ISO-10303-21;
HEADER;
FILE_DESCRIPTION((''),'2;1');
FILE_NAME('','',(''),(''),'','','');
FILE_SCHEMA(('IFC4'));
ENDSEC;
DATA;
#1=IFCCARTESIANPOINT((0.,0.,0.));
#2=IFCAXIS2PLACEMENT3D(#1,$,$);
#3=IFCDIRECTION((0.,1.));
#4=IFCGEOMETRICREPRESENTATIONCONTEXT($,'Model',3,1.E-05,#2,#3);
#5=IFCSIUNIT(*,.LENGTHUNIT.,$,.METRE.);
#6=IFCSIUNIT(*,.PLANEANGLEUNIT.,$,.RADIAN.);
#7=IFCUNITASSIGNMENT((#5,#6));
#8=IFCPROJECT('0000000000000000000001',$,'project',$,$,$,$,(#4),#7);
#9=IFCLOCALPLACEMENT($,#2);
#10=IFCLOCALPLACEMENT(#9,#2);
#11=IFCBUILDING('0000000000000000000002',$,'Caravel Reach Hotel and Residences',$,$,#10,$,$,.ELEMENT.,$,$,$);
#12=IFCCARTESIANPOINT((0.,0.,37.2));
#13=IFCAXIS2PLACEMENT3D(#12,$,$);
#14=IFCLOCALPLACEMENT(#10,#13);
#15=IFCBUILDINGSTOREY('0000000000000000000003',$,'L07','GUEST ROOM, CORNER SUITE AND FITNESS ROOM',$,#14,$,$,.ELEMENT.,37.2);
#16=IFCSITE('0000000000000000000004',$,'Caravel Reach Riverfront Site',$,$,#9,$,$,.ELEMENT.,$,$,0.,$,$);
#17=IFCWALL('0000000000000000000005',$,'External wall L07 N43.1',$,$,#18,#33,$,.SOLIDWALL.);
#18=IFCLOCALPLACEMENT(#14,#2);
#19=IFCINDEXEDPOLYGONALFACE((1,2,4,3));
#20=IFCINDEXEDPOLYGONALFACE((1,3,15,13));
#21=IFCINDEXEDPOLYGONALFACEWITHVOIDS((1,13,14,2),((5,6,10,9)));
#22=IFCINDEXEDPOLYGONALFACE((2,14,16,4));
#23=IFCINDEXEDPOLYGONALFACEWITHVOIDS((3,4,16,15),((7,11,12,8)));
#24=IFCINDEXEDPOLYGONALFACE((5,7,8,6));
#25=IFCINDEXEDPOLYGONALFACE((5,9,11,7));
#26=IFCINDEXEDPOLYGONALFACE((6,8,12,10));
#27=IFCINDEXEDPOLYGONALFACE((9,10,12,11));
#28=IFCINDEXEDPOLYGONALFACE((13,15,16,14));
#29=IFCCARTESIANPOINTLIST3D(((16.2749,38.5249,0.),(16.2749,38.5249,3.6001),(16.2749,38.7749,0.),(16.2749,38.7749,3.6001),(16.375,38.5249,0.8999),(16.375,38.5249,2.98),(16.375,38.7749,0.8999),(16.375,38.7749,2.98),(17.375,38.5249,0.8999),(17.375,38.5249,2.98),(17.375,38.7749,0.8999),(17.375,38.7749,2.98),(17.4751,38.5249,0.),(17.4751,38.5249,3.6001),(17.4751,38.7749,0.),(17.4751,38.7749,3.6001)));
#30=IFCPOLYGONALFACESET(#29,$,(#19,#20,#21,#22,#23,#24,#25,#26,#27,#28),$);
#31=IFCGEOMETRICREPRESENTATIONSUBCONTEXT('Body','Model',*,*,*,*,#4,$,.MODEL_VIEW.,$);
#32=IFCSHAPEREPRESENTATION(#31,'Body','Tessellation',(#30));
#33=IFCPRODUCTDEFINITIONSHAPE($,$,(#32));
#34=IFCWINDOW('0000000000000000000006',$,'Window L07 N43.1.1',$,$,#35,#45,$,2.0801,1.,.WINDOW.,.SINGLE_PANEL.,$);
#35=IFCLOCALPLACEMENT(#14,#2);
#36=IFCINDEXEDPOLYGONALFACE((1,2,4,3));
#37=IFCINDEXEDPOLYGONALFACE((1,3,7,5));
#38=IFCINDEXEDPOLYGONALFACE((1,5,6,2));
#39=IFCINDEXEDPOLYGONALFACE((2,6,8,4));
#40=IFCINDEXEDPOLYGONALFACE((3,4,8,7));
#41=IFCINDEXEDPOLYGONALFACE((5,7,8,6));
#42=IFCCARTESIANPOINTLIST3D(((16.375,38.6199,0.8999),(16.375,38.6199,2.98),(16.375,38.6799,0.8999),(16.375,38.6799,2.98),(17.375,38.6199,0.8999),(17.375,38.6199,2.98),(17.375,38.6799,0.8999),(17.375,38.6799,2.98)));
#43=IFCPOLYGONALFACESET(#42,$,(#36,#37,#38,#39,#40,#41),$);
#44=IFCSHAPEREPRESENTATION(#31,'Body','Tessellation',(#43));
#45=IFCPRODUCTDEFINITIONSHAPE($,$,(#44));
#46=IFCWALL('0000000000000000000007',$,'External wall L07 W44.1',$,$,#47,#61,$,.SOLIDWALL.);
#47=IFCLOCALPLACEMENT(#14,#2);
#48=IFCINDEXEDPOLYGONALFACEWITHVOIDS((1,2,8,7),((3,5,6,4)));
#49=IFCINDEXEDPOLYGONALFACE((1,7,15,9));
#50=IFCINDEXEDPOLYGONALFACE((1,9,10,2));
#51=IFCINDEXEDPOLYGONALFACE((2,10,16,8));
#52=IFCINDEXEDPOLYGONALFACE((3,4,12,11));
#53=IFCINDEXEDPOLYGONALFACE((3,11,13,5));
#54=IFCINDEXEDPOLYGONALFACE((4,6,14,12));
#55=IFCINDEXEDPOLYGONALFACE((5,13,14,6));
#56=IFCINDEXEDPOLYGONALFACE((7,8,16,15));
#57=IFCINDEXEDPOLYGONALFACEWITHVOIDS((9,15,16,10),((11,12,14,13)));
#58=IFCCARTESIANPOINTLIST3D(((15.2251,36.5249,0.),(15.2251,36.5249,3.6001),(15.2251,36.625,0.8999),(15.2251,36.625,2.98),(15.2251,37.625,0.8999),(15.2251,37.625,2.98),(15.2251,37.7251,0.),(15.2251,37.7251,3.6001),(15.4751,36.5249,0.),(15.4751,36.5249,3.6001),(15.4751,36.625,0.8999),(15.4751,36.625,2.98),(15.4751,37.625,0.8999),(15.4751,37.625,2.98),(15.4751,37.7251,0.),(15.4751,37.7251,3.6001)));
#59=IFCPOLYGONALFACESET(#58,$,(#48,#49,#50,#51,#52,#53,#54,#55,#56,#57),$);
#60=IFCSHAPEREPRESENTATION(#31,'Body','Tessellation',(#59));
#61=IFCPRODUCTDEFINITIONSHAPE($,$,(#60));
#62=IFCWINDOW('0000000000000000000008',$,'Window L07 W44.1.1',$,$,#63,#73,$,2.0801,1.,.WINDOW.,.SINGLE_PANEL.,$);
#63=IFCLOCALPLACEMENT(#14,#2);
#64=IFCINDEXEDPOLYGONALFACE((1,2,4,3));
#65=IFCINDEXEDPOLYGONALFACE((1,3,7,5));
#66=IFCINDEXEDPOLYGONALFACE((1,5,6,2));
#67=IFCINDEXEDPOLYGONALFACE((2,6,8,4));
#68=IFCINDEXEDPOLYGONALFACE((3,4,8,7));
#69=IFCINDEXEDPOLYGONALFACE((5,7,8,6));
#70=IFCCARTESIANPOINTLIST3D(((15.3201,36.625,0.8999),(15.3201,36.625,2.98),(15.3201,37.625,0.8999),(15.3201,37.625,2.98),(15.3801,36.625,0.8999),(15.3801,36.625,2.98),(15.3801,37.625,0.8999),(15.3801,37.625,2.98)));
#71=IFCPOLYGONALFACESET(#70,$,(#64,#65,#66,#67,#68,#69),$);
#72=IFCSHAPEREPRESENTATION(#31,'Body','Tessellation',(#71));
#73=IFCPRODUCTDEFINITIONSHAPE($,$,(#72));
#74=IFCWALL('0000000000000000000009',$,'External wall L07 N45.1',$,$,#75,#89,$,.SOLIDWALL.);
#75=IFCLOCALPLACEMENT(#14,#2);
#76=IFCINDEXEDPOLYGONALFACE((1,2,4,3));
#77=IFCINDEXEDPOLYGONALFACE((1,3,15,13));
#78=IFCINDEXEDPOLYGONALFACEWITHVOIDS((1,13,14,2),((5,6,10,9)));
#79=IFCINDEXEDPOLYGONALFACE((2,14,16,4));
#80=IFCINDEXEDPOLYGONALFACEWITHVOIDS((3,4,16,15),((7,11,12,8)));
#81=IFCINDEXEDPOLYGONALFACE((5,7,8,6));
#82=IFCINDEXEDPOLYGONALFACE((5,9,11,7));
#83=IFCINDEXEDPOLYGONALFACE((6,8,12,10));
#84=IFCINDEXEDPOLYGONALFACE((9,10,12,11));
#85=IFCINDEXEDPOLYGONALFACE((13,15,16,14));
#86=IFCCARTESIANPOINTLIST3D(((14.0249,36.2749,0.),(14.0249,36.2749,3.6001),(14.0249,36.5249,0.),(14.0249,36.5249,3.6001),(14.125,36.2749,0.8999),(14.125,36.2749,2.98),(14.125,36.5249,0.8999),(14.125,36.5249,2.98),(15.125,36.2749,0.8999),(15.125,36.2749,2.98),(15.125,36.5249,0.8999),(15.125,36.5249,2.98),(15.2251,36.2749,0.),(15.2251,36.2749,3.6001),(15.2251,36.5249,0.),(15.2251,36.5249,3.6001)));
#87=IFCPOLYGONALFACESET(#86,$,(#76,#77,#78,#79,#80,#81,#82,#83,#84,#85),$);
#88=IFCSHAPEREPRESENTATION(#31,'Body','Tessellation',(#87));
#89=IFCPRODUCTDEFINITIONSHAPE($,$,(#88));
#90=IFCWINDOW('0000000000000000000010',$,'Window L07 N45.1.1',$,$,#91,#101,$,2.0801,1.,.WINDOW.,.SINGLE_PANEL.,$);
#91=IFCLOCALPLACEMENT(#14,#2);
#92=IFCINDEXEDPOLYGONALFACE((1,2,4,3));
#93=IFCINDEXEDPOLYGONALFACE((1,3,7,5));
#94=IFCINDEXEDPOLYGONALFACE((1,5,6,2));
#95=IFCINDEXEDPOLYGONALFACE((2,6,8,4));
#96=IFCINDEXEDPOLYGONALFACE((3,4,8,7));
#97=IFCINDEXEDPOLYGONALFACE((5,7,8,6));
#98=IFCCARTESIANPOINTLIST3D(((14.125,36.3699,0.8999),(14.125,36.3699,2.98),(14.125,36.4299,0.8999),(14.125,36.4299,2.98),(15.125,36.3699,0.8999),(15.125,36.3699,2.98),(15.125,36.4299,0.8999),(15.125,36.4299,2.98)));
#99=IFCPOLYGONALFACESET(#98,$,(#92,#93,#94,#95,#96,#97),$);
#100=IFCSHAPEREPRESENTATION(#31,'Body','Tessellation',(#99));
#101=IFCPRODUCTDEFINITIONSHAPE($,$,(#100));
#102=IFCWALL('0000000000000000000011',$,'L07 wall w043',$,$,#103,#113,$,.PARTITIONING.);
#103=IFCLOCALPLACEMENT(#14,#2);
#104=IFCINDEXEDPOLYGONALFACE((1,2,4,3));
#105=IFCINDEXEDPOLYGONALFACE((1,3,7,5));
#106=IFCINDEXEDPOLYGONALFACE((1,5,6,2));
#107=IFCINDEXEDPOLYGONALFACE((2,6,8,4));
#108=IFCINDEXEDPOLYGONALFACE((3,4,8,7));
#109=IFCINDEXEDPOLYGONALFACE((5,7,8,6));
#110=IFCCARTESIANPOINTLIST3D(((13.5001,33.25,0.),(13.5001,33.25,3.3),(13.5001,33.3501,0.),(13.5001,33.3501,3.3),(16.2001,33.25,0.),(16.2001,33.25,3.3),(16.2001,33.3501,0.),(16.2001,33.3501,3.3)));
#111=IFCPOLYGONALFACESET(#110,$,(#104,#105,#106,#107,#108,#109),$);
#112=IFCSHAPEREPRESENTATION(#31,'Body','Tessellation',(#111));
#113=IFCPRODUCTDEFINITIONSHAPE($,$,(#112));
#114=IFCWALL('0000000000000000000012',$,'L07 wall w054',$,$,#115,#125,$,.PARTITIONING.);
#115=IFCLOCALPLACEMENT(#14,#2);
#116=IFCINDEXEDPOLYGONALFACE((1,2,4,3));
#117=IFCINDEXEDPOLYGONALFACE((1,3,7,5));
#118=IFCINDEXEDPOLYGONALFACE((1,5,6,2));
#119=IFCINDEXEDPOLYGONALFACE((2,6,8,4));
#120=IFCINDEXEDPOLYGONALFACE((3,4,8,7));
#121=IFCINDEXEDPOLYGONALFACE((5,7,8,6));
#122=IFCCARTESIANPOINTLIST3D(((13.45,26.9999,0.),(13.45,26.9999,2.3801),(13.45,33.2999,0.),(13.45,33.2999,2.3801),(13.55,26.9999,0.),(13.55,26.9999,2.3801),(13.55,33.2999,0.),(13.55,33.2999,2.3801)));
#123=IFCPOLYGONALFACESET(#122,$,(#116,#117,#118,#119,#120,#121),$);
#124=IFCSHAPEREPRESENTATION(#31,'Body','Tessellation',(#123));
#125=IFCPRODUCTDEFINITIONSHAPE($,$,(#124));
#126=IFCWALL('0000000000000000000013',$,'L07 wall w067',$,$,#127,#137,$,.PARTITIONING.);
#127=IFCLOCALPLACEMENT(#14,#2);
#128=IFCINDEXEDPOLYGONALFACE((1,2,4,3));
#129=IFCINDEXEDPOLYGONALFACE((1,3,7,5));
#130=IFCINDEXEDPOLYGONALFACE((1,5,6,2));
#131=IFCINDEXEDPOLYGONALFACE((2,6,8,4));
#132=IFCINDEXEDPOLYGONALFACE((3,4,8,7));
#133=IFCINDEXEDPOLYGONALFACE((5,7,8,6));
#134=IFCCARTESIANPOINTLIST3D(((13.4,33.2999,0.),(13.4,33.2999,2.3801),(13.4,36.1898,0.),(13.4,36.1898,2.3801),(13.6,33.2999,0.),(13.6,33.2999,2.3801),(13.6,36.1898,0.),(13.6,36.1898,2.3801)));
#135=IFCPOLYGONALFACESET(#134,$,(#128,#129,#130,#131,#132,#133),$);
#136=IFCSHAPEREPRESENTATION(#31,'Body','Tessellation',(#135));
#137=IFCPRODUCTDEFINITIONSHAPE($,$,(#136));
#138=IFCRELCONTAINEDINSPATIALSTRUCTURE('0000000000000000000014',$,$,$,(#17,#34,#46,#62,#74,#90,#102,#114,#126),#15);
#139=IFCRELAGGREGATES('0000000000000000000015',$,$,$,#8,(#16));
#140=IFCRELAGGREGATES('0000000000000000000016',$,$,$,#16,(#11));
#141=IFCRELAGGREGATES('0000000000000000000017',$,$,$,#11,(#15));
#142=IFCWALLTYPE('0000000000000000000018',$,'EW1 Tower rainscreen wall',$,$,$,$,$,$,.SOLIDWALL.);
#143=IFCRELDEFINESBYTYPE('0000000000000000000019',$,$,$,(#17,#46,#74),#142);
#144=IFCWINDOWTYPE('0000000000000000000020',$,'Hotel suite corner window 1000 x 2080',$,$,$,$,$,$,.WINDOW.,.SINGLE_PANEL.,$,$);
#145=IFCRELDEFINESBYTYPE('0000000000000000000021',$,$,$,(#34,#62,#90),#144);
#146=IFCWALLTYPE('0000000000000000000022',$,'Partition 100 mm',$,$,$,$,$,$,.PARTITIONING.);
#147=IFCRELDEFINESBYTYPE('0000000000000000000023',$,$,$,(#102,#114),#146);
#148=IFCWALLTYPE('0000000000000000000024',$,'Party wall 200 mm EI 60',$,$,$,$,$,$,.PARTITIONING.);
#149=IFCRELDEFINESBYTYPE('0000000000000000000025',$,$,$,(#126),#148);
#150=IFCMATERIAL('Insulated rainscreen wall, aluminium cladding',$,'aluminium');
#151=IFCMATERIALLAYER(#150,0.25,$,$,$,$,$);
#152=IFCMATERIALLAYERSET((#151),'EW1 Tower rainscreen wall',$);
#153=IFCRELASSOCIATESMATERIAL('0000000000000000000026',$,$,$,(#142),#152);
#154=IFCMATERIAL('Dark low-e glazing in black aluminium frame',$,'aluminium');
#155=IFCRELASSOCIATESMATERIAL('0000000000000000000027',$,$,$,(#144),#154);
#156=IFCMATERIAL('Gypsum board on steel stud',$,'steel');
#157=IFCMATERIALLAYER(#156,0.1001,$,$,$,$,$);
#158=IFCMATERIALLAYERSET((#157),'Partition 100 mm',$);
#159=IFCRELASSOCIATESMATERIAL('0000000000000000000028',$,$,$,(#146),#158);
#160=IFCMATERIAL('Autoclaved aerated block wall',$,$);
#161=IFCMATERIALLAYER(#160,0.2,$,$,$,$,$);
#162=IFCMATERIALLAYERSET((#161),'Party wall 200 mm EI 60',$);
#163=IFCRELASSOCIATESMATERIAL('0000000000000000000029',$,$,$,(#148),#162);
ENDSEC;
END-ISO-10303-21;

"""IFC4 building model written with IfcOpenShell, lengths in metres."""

from ifc_helpers import new_model, si_unit, direction, frame, frame_2d, origin, place, context, subcontext, project, spatial, rectangle, extrude, material, layer, layer_set, type_object, element, fill, save


model = new_model("IFC4")

# Units and contexts
model_context = context("Model", 3, precision=1e-05, world=origin(), true_north=direction((0.0, 1.0)))
body_context = subcontext(model_context, "Body", "Model", "MODEL_VIEW")
ifc_project = project(units=[si_unit("LENGTHUNIT", "METRE"), si_unit("PLANEANGLEUNIT", "RADIAN")], contexts=[model_context])

# Site, building, storey
site_placement = place(None, origin())
site = spatial("IfcSite", under=ifc_project, at=site_placement, Name="Caravel Reach Riverfront Site", CompositionType="ELEMENT", RefElevation=0.0)
building_placement = place(site_placement, origin())
building = spatial("IfcBuilding", under=site, at=building_placement, Name="Caravel Reach Hotel and Residences", CompositionType="ELEMENT")
storey_placement = place(building_placement, frame((0.0, 0.0, 37.2)))
storey = spatial("IfcBuildingStorey", under=building, at=storey_placement, Name="L07", Description="GUEST ROOM, CORNER SUITE AND FITNESS ROOM", CompositionType="ELEMENT", Elevation=37.2)

# Walls, openings, windows
ifc_material_1 = material(Name="Insulated rainscreen wall, aluminium cladding", Category="aluminium")
ifc_layer_1 = layer(ifc_material_1, 0.25)
ifc_layer_set_1 = layer_set([ifc_layer_1], Name="EW1 Tower rainscreen wall")
wall_type_1 = type_object("IfcWallType", Name="EW1 Tower rainscreen wall", PredefinedType="SOLIDWALL", material=ifc_layer_set_1)
ifc_material_2 = material(Name="Dark low-e glazing in black aluminium frame", Category="aluminium")
window_type = type_object("IfcWindowType", Name="Hotel suite corner window 1000 x 2080", PartitioningType="SINGLE_PANEL", PredefinedType="WINDOW", material=ifc_material_2)
wall_1_placement = place(storey_placement, frame((17.4751, 38.6499, 0.0), z_axis=(0.0, 0.0, 1.0), x_axis=(-1.0, 0.0, 0.0)))
wall_1 = element("IfcWall", 1, at=wall_1_placement, inside=storey, type_object=wall_type_1, Name="External wall L07 N43.1", PredefinedType="SOLIDWALL", context=body_context, shape_type="SweptSolid", body=[
    extrude(rectangle(XDim=1.2002, YDim=0.25, at=frame_2d((0.6001, 0.0))), origin(), (0.0, 0.0, 1.0), 3.6001),
])
opening_1_placement = place(wall_1_placement, frame((0.1001, 0.0, 0.8999)))
opening_1 = element("IfcOpeningElement", 2, at=opening_1_placement, cuts=wall_1, PredefinedType="OPENING", context=body_context, shape_type="SweptSolid", body=[
    extrude(rectangle(XDim=1.0, YDim=2.0801, at=frame_2d((0.5, 1.04))), frame((0.0, 0.135, 0.0), z_axis=(0.0, -1.0, 0.0), x_axis=(1.0, 0.0, 0.0)), (0.0, 0.0, 1.0), 0.27),
])
window_1_placement = place(opening_1_placement, origin())
window_1 = element("IfcWindow", 3, at=window_1_placement, inside=storey, type_object=window_type, Name="Window L07 N43.1.1", OverallHeight=2.0801, OverallWidth=1.0, PartitioningType="SINGLE_PANEL", PredefinedType="WINDOW", context=body_context, shape_type="SweptSolid", body=[
    extrude(rectangle(XDim=1.0, YDim=2.0801, at=frame_2d((0.5, 1.04))), frame((0.0, 0.03, 0.0), z_axis=(0.0, -1.0, 0.0), x_axis=(1.0, 0.0, 0.0)), (0.0, 0.0, 1.0), 0.0601),
])
fill(opening_1, window_1)
wall_2_placement = place(storey_placement, frame((15.3501, 37.7251, 0.0), z_axis=(0.0, 0.0, 1.0), x_axis=(0.0, -1.0, 0.0)))
wall_2 = element("IfcWall", 4, at=wall_2_placement, inside=storey, type_object=wall_type_1, Name="External wall L07 W44.1", PredefinedType="SOLIDWALL", context=body_context, shape_type="SweptSolid", body=[
    extrude(rectangle(XDim=1.2002, YDim=0.25, at=frame_2d((0.6001, 0.0))), origin(), (0.0, 0.0, 1.0), 3.6001),
])
opening_2_placement = place(wall_2_placement, frame((0.1001, 0.0, 0.8999)))
opening_2 = element("IfcOpeningElement", 5, at=opening_2_placement, cuts=wall_2, PredefinedType="OPENING", context=body_context, shape_type="SweptSolid", body=[
    extrude(rectangle(XDim=1.0, YDim=2.0801, at=frame_2d((0.5, 1.04))), frame((0.0, 0.135, 0.0), z_axis=(0.0, -1.0, 0.0), x_axis=(1.0, 0.0, 0.0)), (0.0, 0.0, 1.0), 0.27),
])
window_2_placement = place(opening_2_placement, origin())
window_2 = element("IfcWindow", 6, at=window_2_placement, inside=storey, type_object=window_type, Name="Window L07 W44.1.1", OverallHeight=2.0801, OverallWidth=1.0, PartitioningType="SINGLE_PANEL", PredefinedType="WINDOW", context=body_context, shape_type="SweptSolid", body=[
    extrude(rectangle(XDim=1.0, YDim=2.0801, at=frame_2d((0.5, 1.04))), frame((0.0, 0.03, 0.0), z_axis=(0.0, -1.0, 0.0), x_axis=(1.0, 0.0, 0.0)), (0.0, 0.0, 1.0), 0.0601),
])
fill(opening_2, window_2)
wall_3_placement = place(storey_placement, frame((15.2251, 36.3999, 0.0), z_axis=(0.0, 0.0, 1.0), x_axis=(-1.0, 0.0, 0.0)))
wall_3 = element("IfcWall", 7, at=wall_3_placement, inside=storey, type_object=wall_type_1, Name="External wall L07 N45.1", PredefinedType="SOLIDWALL", context=body_context, shape_type="SweptSolid", body=[
    extrude(rectangle(XDim=1.2002, YDim=0.25, at=frame_2d((0.6001, 0.0))), origin(), (0.0, 0.0, 1.0), 3.6001),
])
opening_3_placement = place(wall_3_placement, frame((0.1001, 0.0, 0.8999)))
opening_3 = element("IfcOpeningElement", 8, at=opening_3_placement, cuts=wall_3, PredefinedType="OPENING", context=body_context, shape_type="SweptSolid", body=[
    extrude(rectangle(XDim=1.0, YDim=2.0801, at=frame_2d((0.5, 1.04))), frame((0.0, 0.135, 0.0), z_axis=(0.0, -1.0, 0.0), x_axis=(1.0, 0.0, 0.0)), (0.0, 0.0, 1.0), 0.27),
])
window_3_placement = place(opening_3_placement, origin())
window_3 = element("IfcWindow", 9, at=window_3_placement, inside=storey, type_object=window_type, Name="Window L07 N45.1.1", OverallHeight=2.0801, OverallWidth=1.0, PartitioningType="SINGLE_PANEL", PredefinedType="WINDOW", context=body_context, shape_type="SweptSolid", body=[
    extrude(rectangle(XDim=1.0, YDim=2.0801, at=frame_2d((0.5, 1.04))), frame((0.0, 0.03, 0.0), z_axis=(0.0, -1.0, 0.0), x_axis=(1.0, 0.0, 0.0)), (0.0, 0.0, 1.0), 0.0601),
])
fill(opening_3, window_3)

# Walls
ifc_material_3 = material(Name="Gypsum board on steel stud", Category="steel")
ifc_layer_2 = layer(ifc_material_3, 0.1001)
ifc_layer_set_2 = layer_set([ifc_layer_2], Name="Partition 100 mm")
wall_type_2 = type_object("IfcWallType", Name="Partition 100 mm", PredefinedType="PARTITIONING", material=ifc_layer_set_2)
wall_4_placement = place(storey_placement, frame((13.5, 33.3, 0.0), z_axis=(0.0, 0.0, 1.0), x_axis=(1.0, 0.0, 0.0)))
element("IfcWall", 10, at=wall_4_placement, inside=storey, type_object=wall_type_2, Name="L07 wall w043", PredefinedType="PARTITIONING", context=body_context, shape_type="SweptSolid", body=[
    extrude(rectangle(XDim=2.7, YDim=0.1001, at=frame_2d((1.3501, 0.0))), origin(), (0.0, 0.0, 1.0), 3.3),
])
wall_5_placement = place(storey_placement, frame((13.5, 27.0, 0.0), z_axis=(0.0, 0.0, 1.0), x_axis=(0.0, 1.0, 0.0)))
element("IfcWall", 11, at=wall_5_placement, inside=storey, type_object=wall_type_2, Name="L07 wall w054", PredefinedType="PARTITIONING", context=body_context, shape_type="SweptSolid", body=[
    extrude(rectangle(XDim=6.3, YDim=0.1001, at=frame_2d((3.1499, 0.0))), origin(), (0.0, 0.0, 1.0), 2.3801),
])
ifc_material_4 = material(Name="Autoclaved aerated block wall")
ifc_layer_3 = layer(ifc_material_4, 0.2)
ifc_layer_set_3 = layer_set([ifc_layer_3], Name="Party wall 200 mm EI 60")
wall_type_3 = type_object("IfcWallType", Name="Party wall 200 mm EI 60", PredefinedType="PARTITIONING", material=ifc_layer_set_3)
wall_6_placement = place(storey_placement, frame((13.5, 33.3, 0.0), z_axis=(0.0, 0.0, 1.0), x_axis=(0.0, 1.0, 0.0)))
element("IfcWall", 12, at=wall_6_placement, inside=storey, type_object=wall_type_3, Name="L07 wall w067", PredefinedType="PARTITIONING", context=body_context, shape_type="SweptSolid", body=[
    extrude(rectangle(XDim=2.8899, YDim=0.2, at=frame_2d((1.4448, 0.0))), origin(), (0.0, 0.0, 1.0), 2.3801),
])

save(model, "model.ifc")
